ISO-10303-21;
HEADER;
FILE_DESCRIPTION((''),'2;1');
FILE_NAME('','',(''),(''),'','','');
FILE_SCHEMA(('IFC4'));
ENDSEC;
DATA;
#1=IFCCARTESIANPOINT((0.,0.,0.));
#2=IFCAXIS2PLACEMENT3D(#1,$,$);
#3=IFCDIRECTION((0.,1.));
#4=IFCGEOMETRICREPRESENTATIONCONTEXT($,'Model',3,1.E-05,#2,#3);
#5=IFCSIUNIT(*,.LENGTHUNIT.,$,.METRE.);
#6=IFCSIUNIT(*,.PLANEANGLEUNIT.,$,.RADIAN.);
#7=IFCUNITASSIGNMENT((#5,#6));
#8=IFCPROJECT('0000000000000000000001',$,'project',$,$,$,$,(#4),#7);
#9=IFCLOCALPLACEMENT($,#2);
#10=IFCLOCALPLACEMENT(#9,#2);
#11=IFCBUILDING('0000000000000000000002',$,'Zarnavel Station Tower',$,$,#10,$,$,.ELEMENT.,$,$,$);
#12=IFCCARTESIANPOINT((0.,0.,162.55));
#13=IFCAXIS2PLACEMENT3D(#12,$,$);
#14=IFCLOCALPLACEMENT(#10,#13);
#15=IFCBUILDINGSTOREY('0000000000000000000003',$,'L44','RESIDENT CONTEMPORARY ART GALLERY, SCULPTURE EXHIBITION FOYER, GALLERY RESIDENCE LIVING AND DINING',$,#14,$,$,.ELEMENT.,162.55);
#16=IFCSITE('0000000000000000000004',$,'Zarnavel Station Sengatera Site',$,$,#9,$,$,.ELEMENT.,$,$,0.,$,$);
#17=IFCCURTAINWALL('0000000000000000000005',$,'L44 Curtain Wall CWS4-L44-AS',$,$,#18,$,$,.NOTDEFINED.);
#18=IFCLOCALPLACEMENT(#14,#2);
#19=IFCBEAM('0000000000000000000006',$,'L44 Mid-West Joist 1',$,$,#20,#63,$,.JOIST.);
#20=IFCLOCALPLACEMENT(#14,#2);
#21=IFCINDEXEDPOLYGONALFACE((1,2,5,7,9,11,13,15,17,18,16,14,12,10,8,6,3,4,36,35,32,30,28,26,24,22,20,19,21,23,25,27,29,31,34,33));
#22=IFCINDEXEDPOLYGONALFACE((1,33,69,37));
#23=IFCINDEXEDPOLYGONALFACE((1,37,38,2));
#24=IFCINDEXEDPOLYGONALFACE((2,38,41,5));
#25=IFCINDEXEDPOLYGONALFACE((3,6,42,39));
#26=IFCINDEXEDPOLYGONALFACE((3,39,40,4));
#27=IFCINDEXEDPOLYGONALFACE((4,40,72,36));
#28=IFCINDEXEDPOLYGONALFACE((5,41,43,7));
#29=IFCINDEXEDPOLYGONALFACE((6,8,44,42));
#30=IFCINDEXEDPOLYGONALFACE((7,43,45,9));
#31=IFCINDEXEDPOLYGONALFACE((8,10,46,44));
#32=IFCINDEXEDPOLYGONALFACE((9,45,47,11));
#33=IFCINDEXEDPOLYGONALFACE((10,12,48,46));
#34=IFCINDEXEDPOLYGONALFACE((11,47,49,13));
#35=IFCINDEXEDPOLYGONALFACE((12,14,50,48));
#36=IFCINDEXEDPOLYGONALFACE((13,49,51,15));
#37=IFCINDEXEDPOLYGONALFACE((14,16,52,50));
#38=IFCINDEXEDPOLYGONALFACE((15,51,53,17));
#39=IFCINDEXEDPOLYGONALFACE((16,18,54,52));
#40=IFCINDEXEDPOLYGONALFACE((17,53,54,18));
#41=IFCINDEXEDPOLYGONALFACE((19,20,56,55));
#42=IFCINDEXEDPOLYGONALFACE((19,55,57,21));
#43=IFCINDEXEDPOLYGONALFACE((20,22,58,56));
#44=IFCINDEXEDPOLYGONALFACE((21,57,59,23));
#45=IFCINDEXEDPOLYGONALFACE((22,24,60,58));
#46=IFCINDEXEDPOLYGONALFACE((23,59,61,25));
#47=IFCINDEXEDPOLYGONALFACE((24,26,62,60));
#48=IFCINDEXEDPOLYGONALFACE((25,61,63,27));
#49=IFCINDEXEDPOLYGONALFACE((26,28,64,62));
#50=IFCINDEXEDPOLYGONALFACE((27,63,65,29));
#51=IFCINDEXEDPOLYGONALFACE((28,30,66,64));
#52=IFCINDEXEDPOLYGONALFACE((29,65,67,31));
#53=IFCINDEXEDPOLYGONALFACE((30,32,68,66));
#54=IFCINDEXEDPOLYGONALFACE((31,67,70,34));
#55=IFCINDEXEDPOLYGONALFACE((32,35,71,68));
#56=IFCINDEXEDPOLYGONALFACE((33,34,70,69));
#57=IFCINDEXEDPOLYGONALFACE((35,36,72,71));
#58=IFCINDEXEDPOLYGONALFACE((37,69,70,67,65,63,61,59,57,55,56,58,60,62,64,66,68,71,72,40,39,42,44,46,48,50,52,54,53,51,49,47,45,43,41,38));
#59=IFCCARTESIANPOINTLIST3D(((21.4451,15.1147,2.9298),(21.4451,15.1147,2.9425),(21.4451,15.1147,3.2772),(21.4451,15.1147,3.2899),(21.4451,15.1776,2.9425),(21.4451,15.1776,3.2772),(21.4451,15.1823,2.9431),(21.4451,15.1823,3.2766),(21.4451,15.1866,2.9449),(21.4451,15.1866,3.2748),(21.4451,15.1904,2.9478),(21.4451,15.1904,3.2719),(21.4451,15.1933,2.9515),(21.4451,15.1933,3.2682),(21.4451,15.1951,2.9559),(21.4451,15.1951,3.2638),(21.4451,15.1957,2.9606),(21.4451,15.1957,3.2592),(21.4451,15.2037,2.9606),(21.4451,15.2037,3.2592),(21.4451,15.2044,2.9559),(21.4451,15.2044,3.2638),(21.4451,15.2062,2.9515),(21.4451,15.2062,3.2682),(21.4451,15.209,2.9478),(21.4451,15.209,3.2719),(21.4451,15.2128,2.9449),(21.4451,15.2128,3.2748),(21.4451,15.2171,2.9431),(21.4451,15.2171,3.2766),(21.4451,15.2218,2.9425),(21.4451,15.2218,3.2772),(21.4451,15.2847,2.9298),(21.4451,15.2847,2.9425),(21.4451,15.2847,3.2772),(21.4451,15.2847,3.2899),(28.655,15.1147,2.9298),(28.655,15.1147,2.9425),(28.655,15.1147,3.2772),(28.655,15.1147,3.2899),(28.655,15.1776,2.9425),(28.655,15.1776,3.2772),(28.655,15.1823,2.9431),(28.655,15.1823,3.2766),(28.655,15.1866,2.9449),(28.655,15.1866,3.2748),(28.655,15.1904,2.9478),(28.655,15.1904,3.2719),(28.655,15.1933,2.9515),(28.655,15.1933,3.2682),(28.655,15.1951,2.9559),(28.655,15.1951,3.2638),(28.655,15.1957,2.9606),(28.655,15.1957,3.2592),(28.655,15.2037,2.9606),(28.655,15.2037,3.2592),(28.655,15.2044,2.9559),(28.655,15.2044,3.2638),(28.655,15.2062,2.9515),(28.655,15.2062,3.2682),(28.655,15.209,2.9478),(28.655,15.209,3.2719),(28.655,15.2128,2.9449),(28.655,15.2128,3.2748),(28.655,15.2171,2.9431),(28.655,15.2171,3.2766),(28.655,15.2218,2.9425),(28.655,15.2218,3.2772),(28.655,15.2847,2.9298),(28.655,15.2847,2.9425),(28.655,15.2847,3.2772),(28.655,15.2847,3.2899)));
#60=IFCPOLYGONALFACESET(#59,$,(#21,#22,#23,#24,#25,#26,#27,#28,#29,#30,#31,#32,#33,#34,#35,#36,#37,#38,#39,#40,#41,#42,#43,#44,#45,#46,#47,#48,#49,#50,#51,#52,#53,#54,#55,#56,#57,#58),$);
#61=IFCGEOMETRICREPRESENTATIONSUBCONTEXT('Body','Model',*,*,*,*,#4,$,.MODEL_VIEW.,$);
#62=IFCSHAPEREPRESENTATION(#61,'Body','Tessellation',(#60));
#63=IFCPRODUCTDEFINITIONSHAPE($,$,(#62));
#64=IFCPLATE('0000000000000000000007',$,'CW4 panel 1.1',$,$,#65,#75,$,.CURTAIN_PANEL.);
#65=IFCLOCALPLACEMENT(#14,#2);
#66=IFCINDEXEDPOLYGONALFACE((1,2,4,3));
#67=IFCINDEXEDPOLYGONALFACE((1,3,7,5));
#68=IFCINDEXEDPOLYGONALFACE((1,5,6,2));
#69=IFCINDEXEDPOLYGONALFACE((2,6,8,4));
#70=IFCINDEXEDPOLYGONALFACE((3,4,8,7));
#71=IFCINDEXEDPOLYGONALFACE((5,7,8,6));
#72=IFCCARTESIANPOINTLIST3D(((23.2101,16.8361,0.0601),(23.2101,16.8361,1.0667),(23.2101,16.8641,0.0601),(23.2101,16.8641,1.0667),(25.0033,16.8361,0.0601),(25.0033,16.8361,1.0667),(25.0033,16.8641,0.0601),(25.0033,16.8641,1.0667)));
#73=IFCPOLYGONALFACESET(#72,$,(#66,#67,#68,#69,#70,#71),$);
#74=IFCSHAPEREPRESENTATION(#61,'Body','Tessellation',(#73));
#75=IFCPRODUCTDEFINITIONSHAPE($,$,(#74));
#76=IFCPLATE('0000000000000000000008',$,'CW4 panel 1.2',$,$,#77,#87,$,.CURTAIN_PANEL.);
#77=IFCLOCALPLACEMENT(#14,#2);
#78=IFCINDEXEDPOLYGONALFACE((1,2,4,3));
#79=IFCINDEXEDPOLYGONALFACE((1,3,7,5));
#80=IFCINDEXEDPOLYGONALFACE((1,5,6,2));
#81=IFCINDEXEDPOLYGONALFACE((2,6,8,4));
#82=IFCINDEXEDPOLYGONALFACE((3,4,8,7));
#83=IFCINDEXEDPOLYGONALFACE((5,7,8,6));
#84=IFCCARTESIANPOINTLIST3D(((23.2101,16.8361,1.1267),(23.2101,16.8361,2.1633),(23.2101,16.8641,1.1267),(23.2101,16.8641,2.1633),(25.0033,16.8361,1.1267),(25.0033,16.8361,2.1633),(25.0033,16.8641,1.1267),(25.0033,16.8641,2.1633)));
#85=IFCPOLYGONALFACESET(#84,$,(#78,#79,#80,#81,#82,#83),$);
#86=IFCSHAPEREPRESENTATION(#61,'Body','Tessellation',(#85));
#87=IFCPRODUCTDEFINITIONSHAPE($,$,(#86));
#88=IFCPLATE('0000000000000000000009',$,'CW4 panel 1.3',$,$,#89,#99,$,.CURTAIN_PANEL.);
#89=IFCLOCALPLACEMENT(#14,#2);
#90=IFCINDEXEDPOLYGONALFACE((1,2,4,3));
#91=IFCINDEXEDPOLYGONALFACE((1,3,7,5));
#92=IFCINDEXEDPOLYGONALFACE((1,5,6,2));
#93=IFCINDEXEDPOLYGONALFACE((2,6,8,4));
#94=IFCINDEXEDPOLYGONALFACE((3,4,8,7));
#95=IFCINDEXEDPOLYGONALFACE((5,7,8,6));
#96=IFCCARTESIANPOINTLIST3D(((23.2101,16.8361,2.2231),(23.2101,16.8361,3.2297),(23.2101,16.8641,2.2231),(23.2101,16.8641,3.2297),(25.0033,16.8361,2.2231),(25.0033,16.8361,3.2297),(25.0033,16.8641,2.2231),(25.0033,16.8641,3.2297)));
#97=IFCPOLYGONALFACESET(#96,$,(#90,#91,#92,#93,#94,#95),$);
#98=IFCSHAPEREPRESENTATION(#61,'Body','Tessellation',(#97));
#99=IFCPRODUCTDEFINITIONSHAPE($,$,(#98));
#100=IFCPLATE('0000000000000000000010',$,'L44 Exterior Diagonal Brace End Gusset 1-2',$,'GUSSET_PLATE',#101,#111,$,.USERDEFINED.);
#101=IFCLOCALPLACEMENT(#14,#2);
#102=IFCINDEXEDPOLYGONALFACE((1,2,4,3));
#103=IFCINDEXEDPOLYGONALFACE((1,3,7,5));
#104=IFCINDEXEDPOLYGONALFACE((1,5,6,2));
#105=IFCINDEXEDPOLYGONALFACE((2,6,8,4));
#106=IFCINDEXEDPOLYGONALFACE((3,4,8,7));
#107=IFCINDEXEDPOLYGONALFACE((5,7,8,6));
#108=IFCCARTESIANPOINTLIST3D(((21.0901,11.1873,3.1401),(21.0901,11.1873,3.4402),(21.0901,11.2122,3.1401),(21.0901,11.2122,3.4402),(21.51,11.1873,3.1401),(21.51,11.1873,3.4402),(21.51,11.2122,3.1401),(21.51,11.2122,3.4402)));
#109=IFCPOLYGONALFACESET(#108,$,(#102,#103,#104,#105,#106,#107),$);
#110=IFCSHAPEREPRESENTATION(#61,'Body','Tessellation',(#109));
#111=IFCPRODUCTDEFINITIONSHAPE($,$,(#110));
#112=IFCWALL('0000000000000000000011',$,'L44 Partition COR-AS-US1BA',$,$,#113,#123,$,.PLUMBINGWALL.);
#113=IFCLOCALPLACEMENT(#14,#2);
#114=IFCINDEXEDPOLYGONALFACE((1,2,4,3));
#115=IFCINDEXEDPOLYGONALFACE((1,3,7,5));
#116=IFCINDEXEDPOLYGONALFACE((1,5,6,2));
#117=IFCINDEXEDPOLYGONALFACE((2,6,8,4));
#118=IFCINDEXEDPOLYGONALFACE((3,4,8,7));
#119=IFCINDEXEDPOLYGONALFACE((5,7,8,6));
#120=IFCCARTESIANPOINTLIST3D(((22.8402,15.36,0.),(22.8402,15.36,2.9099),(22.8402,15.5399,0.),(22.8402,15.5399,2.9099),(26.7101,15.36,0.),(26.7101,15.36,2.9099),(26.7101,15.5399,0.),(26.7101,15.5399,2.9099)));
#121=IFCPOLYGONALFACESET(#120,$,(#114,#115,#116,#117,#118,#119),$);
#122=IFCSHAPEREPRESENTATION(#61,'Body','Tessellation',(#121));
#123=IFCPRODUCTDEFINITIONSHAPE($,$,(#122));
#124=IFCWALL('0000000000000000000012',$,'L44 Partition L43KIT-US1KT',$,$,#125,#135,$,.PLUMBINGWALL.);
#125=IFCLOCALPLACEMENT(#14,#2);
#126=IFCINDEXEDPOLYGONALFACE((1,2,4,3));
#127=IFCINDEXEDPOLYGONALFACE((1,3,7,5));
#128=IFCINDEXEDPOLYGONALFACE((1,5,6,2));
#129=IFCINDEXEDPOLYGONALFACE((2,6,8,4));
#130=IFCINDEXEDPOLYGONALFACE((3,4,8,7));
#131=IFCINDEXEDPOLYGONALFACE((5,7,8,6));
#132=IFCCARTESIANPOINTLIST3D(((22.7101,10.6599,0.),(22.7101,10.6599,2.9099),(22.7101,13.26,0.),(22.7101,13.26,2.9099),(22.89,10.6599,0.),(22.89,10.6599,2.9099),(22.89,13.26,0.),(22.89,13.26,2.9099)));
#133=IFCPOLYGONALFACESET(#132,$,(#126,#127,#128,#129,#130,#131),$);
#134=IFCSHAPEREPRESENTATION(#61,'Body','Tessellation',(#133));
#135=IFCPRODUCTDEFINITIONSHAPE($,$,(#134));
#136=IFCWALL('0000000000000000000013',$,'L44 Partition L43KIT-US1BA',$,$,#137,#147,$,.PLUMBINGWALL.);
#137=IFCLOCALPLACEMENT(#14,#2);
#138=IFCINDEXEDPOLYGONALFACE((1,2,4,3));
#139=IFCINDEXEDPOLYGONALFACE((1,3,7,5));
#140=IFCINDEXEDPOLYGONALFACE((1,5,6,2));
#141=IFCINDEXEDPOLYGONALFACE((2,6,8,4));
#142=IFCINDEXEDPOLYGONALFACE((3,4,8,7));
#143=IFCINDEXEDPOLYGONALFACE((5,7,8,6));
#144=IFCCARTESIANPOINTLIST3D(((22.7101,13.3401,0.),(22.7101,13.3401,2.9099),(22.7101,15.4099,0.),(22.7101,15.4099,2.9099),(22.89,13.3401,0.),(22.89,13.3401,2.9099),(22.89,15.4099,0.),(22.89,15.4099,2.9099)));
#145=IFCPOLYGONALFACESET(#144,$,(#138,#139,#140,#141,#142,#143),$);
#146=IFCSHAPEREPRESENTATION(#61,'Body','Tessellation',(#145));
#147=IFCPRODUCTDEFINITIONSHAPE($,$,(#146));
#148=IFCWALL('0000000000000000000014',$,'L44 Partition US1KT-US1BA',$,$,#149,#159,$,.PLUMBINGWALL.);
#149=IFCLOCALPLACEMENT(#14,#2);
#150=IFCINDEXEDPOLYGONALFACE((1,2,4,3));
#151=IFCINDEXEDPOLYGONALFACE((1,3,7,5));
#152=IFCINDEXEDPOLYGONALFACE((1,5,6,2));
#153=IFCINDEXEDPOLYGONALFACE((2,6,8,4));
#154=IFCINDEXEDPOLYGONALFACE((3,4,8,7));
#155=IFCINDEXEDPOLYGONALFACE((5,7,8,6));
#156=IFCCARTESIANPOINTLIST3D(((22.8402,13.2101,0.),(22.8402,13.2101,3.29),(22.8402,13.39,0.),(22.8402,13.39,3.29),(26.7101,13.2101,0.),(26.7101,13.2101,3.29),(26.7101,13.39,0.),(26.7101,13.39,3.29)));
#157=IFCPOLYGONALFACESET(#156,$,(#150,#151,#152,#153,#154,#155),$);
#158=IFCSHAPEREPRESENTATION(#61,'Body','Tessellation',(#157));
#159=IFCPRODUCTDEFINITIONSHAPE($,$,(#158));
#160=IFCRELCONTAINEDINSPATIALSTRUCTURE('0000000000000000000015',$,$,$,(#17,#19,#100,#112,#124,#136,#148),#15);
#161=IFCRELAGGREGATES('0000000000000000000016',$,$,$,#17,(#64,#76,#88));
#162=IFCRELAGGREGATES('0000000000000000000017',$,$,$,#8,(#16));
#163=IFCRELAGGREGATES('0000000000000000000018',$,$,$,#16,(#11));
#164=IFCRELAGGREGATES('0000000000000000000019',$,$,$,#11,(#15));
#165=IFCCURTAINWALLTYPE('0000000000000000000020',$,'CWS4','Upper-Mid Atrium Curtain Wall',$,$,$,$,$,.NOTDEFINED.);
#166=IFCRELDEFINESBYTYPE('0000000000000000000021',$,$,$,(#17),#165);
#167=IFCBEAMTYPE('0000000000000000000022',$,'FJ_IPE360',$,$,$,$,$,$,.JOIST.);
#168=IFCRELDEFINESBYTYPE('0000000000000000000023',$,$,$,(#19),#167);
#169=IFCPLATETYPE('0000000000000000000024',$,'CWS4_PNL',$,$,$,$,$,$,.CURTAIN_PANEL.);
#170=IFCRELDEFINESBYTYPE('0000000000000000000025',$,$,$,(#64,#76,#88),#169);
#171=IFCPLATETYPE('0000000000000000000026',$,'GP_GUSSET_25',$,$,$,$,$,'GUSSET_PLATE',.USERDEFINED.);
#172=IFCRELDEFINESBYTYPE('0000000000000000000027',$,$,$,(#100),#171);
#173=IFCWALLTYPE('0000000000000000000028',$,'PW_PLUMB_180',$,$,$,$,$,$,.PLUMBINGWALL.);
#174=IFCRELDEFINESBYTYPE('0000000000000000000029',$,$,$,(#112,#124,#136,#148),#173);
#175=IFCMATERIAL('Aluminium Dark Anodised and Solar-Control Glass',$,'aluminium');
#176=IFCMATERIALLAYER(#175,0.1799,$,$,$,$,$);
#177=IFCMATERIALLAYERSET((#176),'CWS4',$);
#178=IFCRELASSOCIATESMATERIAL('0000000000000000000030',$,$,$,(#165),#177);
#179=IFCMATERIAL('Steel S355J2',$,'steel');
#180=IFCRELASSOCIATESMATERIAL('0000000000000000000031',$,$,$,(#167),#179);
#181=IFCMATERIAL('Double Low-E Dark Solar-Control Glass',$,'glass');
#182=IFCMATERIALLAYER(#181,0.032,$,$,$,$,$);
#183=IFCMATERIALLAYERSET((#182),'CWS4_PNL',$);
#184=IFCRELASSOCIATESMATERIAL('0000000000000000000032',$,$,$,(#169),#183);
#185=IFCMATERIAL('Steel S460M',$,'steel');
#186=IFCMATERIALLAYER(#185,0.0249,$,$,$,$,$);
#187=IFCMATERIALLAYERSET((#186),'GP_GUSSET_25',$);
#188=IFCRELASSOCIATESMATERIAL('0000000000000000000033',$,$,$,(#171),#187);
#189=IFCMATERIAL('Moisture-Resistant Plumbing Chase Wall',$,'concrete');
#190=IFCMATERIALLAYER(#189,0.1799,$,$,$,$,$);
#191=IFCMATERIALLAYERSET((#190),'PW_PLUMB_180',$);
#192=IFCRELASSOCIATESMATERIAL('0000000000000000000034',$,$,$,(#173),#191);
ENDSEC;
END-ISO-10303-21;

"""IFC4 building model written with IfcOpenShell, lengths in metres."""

from ifc_helpers import new_model, si_unit, direction, frame, frame_2d, origin, origin_2d, place, context, subcontext, project, spatial, rectangle, i_section, extrude, material, layer, layer_set, material_profile, profile_set, type_object, element, aggregate, save


model = new_model("IFC4")

# Units and contexts
model_context = context("Model", 3, precision=1e-05, world=origin(), true_north=direction((0.0, 1.0)))
body_context = subcontext(model_context, "Body", "Model", "MODEL_VIEW")
ifc_project = project(units=[si_unit("LENGTHUNIT", "METRE"), si_unit("PLANEANGLEUNIT", "RADIAN")], contexts=[model_context])

# Site, building, storey
site_placement = place(None, origin())
site = spatial("IfcSite", under=ifc_project, at=site_placement, Name="Zarnavel Station Sengatera Site", CompositionType="ELEMENT", RefElevation=0.0)
building_placement = place(site_placement, origin())
building = spatial("IfcBuilding", under=site, at=building_placement, Name="Zarnavel Station Tower", CompositionType="ELEMENT")
storey_placement = place(building_placement, frame((0.0, 0.0, 162.55)))
storey = spatial("IfcBuildingStorey", under=building, at=storey_placement, Name="L44", Description="RESIDENT CONTEMPORARY ART GALLERY, SCULPTURE EXHIBITION FOYER, GALLERY RESIDENCE LIVING AND DINING", CompositionType="ELEMENT", Elevation=162.55)

# Curtain wall
ifc_material_1 = material(Name="Aluminium Dark Anodised and Solar-Control Glass", Category="aluminium")
ifc_layer_1 = layer(ifc_material_1, 0.1799)
ifc_layer_set_1 = layer_set([ifc_layer_1], Name="CWS4")
curtain_wall_type = type_object("IfcCurtainWallType", Name="CWS4", Description="Upper-Mid Atrium Curtain Wall", PredefinedType="NOTDEFINED", material=ifc_layer_set_1)
curtain_wall_placement = place(storey_placement, origin())
curtain_wall = element("IfcCurtainWall", 1, at=curtain_wall_placement, inside=storey, type_object=curtain_wall_type, Name="L44 Curtain Wall CWS4-L44-AS", PredefinedType="NOTDEFINED")

# Beam
ifc_material_2 = material(Name="Steel S355J2", Category="steel")
ifc_material_profile_1 = material_profile(ifc_material_2, i_section(OverallWidth=0.1699, OverallDepth=0.3601, WebThickness=0.0081, FlangeThickness=0.0127, FilletRadius=0.0181, at=origin_2d()), Name="IPE360")
ifc_profile_set_1 = profile_set([ifc_material_profile_1], Name="Steel S355J2")
beam_type_1 = type_object("IfcBeamType", Name="FJ_IPE360", PredefinedType="JOIST", material=ifc_profile_set_1)
beam_1_placement = place(storey_placement, frame((21.4451, 15.1997, 3.1099), z_axis=(1.0, 0.0, 0.0), x_axis=(0.0, 1.0, 0.0)))
element("IfcBeam", 2, at=beam_1_placement, inside=storey, type_object=beam_type_1, Name="L44 Mid-West Joist 1", PredefinedType="JOIST", context=body_context, shape_type="SweptSolid", body=[
    extrude(i_section(OverallWidth=0.1699, OverallDepth=0.3601, WebThickness=0.0081, FlangeThickness=0.0127, FilletRadius=0.0181, at=origin_2d()), origin(), (0.0, 0.0, 1.0), 7.21),
])

# Plates
ifc_material_3 = material(Name="Double Low-E Dark Solar-Control Glass", Category="glass")
ifc_layer_2 = layer(ifc_material_3, 0.032)
ifc_layer_set_2 = layer_set([ifc_layer_2], Name="CWS4_PNL")
plate_type_1 = type_object("IfcPlateType", Name="CWS4_PNL", PredefinedType="CURTAIN_PANEL", material=ifc_layer_set_2)
plate_1_placement = place(storey_placement, frame((24.1067, 16.8501, 0.0601), z_axis=(0.0, 0.0, 1.0), x_axis=(1.0, 0.0, 0.0)))
plate_1 = element("IfcPlate", 3, at=plate_1_placement, type_object=plate_type_1, Name="CW4 panel 1.1", PredefinedType="CURTAIN_PANEL", context=body_context, shape_type="SweptSolid", body=[
    extrude(rectangle(XDim=1.7932, YDim=0.0281, at=origin_2d()), origin(), (0.0, 0.0, 1.0), 1.0066),
])
plate_2_placement = place(storey_placement, frame((24.1067, 16.8501, 1.1267), z_axis=(0.0, 0.0, 1.0), x_axis=(1.0, 0.0, 0.0)))
plate_2 = element("IfcPlate", 4, at=plate_2_placement, type_object=plate_type_1, Name="CW4 panel 1.2", PredefinedType="CURTAIN_PANEL", context=body_context, shape_type="SweptSolid", body=[
    extrude(rectangle(XDim=1.7932, YDim=0.0281, at=origin_2d()), origin(), (0.0, 0.0, 1.0), 1.0366),
])
plate_3_placement = place(storey_placement, frame((24.1067, 16.8501, 2.2231), z_axis=(0.0, 0.0, 1.0), x_axis=(1.0, 0.0, 0.0)))
plate_3 = element("IfcPlate", 5, at=plate_3_placement, type_object=plate_type_1, Name="CW4 panel 1.3", PredefinedType="CURTAIN_PANEL", context=body_context, shape_type="SweptSolid", body=[
    extrude(rectangle(XDim=1.7932, YDim=0.0281, at=origin_2d()), origin(), (0.0, 0.0, 1.0), 1.0066),
])
aggregate(curtain_wall, [plate_1, plate_2, plate_3])
ifc_material_4 = material(Name="Steel S460M", Category="steel")
ifc_layer_3 = layer(ifc_material_4, 0.0249)
ifc_layer_set_3 = layer_set([ifc_layer_3], Name="GP_GUSSET_25")
plate_type_2 = type_object("IfcPlateType", Name="GP_GUSSET_25", ElementType="GUSSET_PLATE", PredefinedType="USERDEFINED", material=ifc_layer_set_3)
plate_4_placement = place(storey_placement, frame((21.3, 11.1997, 3.1401), z_axis=(0.0, 0.0, 1.0), x_axis=(1.0, 0.0, 0.0)))
element("IfcPlate", 6, at=plate_4_placement, inside=storey, type_object=plate_type_2, Name="L44 Exterior Diagonal Brace End Gusset 1-2", ObjectType="GUSSET_PLATE", PredefinedType="USERDEFINED", context=body_context, shape_type="SweptSolid", body=[
    extrude(rectangle(XDim=0.4199, YDim=0.0249, at=origin_2d()), origin(), (0.0, 0.0, 1.0), 0.3),
])

# Shared definitions
ifc_material_5 = material(Name="Moisture-Resistant Plumbing Chase Wall", Category="concrete")
ifc_layer_4 = layer(ifc_material_5, 0.1799)
ifc_layer_set_4 = layer_set([ifc_layer_4], Name="PW_PLUMB_180")
wall_type = type_object("IfcWallType", Name="PW_PLUMB_180", PredefinedType="PLUMBINGWALL", material=ifc_layer_set_4)

# Walls
wall_1_placement = place(storey_placement, frame((22.8401, 15.45, 0.0), z_axis=(0.0, 0.0, 1.0), x_axis=(1.0, 0.0, 0.0)))
element("IfcWall", 7, at=wall_1_placement, inside=storey, type_object=wall_type, Name="L44 Partition COR-AS-US1BA", PredefinedType="PLUMBINGWALL", context=body_context, shape_type="SweptSolid", body=[
    extrude(rectangle(XDim=3.8699, YDim=0.1799, at=frame_2d((1.9351, 0.0))), origin(), (0.0, 0.0, 1.0), 2.9099),
])
wall_2_placement = place(storey_placement, frame((22.8, 10.6599, 0.0), z_axis=(0.0, 0.0, 1.0), x_axis=(0.0, 1.0, 0.0)))
element("IfcWall", 8, at=wall_2_placement, inside=storey, type_object=wall_type, Name="L44 Partition L43KIT-US1KT", PredefinedType="PLUMBINGWALL", context=body_context, shape_type="SweptSolid", body=[
    extrude(rectangle(XDim=2.6001, YDim=0.1799, at=frame_2d((1.3, 0.0))), origin(), (0.0, 0.0, 1.0), 2.9099),
])
wall_3_placement = place(storey_placement, frame((22.8, 13.3401, 0.0), z_axis=(0.0, 0.0, 1.0), x_axis=(0.0, 1.0, 0.0)))
element("IfcWall", 9, at=wall_3_placement, inside=storey, type_object=wall_type, Name="L44 Partition L43KIT-US1BA", PredefinedType="PLUMBINGWALL", context=body_context, shape_type="SweptSolid", body=[
    extrude(rectangle(XDim=2.0698, YDim=0.1799, at=frame_2d((1.0349, 0.0))), origin(), (0.0, 0.0, 1.0), 2.9099),
])
wall_4_placement = place(storey_placement, frame((22.8401, 13.3, 0.0), z_axis=(0.0, 0.0, 1.0), x_axis=(1.0, 0.0, 0.0)))
element("IfcWall", 10, at=wall_4_placement, inside=storey, type_object=wall_type, Name="L44 Partition US1KT-US1BA", PredefinedType="PLUMBINGWALL", context=body_context, shape_type="SweptSolid", body=[
    extrude(rectangle(XDim=3.8699, YDim=0.1799, at=frame_2d((1.9351, 0.0))), origin(), (0.0, 0.0, 1.0), 3.29),
])

save(model, "model.ifc")
